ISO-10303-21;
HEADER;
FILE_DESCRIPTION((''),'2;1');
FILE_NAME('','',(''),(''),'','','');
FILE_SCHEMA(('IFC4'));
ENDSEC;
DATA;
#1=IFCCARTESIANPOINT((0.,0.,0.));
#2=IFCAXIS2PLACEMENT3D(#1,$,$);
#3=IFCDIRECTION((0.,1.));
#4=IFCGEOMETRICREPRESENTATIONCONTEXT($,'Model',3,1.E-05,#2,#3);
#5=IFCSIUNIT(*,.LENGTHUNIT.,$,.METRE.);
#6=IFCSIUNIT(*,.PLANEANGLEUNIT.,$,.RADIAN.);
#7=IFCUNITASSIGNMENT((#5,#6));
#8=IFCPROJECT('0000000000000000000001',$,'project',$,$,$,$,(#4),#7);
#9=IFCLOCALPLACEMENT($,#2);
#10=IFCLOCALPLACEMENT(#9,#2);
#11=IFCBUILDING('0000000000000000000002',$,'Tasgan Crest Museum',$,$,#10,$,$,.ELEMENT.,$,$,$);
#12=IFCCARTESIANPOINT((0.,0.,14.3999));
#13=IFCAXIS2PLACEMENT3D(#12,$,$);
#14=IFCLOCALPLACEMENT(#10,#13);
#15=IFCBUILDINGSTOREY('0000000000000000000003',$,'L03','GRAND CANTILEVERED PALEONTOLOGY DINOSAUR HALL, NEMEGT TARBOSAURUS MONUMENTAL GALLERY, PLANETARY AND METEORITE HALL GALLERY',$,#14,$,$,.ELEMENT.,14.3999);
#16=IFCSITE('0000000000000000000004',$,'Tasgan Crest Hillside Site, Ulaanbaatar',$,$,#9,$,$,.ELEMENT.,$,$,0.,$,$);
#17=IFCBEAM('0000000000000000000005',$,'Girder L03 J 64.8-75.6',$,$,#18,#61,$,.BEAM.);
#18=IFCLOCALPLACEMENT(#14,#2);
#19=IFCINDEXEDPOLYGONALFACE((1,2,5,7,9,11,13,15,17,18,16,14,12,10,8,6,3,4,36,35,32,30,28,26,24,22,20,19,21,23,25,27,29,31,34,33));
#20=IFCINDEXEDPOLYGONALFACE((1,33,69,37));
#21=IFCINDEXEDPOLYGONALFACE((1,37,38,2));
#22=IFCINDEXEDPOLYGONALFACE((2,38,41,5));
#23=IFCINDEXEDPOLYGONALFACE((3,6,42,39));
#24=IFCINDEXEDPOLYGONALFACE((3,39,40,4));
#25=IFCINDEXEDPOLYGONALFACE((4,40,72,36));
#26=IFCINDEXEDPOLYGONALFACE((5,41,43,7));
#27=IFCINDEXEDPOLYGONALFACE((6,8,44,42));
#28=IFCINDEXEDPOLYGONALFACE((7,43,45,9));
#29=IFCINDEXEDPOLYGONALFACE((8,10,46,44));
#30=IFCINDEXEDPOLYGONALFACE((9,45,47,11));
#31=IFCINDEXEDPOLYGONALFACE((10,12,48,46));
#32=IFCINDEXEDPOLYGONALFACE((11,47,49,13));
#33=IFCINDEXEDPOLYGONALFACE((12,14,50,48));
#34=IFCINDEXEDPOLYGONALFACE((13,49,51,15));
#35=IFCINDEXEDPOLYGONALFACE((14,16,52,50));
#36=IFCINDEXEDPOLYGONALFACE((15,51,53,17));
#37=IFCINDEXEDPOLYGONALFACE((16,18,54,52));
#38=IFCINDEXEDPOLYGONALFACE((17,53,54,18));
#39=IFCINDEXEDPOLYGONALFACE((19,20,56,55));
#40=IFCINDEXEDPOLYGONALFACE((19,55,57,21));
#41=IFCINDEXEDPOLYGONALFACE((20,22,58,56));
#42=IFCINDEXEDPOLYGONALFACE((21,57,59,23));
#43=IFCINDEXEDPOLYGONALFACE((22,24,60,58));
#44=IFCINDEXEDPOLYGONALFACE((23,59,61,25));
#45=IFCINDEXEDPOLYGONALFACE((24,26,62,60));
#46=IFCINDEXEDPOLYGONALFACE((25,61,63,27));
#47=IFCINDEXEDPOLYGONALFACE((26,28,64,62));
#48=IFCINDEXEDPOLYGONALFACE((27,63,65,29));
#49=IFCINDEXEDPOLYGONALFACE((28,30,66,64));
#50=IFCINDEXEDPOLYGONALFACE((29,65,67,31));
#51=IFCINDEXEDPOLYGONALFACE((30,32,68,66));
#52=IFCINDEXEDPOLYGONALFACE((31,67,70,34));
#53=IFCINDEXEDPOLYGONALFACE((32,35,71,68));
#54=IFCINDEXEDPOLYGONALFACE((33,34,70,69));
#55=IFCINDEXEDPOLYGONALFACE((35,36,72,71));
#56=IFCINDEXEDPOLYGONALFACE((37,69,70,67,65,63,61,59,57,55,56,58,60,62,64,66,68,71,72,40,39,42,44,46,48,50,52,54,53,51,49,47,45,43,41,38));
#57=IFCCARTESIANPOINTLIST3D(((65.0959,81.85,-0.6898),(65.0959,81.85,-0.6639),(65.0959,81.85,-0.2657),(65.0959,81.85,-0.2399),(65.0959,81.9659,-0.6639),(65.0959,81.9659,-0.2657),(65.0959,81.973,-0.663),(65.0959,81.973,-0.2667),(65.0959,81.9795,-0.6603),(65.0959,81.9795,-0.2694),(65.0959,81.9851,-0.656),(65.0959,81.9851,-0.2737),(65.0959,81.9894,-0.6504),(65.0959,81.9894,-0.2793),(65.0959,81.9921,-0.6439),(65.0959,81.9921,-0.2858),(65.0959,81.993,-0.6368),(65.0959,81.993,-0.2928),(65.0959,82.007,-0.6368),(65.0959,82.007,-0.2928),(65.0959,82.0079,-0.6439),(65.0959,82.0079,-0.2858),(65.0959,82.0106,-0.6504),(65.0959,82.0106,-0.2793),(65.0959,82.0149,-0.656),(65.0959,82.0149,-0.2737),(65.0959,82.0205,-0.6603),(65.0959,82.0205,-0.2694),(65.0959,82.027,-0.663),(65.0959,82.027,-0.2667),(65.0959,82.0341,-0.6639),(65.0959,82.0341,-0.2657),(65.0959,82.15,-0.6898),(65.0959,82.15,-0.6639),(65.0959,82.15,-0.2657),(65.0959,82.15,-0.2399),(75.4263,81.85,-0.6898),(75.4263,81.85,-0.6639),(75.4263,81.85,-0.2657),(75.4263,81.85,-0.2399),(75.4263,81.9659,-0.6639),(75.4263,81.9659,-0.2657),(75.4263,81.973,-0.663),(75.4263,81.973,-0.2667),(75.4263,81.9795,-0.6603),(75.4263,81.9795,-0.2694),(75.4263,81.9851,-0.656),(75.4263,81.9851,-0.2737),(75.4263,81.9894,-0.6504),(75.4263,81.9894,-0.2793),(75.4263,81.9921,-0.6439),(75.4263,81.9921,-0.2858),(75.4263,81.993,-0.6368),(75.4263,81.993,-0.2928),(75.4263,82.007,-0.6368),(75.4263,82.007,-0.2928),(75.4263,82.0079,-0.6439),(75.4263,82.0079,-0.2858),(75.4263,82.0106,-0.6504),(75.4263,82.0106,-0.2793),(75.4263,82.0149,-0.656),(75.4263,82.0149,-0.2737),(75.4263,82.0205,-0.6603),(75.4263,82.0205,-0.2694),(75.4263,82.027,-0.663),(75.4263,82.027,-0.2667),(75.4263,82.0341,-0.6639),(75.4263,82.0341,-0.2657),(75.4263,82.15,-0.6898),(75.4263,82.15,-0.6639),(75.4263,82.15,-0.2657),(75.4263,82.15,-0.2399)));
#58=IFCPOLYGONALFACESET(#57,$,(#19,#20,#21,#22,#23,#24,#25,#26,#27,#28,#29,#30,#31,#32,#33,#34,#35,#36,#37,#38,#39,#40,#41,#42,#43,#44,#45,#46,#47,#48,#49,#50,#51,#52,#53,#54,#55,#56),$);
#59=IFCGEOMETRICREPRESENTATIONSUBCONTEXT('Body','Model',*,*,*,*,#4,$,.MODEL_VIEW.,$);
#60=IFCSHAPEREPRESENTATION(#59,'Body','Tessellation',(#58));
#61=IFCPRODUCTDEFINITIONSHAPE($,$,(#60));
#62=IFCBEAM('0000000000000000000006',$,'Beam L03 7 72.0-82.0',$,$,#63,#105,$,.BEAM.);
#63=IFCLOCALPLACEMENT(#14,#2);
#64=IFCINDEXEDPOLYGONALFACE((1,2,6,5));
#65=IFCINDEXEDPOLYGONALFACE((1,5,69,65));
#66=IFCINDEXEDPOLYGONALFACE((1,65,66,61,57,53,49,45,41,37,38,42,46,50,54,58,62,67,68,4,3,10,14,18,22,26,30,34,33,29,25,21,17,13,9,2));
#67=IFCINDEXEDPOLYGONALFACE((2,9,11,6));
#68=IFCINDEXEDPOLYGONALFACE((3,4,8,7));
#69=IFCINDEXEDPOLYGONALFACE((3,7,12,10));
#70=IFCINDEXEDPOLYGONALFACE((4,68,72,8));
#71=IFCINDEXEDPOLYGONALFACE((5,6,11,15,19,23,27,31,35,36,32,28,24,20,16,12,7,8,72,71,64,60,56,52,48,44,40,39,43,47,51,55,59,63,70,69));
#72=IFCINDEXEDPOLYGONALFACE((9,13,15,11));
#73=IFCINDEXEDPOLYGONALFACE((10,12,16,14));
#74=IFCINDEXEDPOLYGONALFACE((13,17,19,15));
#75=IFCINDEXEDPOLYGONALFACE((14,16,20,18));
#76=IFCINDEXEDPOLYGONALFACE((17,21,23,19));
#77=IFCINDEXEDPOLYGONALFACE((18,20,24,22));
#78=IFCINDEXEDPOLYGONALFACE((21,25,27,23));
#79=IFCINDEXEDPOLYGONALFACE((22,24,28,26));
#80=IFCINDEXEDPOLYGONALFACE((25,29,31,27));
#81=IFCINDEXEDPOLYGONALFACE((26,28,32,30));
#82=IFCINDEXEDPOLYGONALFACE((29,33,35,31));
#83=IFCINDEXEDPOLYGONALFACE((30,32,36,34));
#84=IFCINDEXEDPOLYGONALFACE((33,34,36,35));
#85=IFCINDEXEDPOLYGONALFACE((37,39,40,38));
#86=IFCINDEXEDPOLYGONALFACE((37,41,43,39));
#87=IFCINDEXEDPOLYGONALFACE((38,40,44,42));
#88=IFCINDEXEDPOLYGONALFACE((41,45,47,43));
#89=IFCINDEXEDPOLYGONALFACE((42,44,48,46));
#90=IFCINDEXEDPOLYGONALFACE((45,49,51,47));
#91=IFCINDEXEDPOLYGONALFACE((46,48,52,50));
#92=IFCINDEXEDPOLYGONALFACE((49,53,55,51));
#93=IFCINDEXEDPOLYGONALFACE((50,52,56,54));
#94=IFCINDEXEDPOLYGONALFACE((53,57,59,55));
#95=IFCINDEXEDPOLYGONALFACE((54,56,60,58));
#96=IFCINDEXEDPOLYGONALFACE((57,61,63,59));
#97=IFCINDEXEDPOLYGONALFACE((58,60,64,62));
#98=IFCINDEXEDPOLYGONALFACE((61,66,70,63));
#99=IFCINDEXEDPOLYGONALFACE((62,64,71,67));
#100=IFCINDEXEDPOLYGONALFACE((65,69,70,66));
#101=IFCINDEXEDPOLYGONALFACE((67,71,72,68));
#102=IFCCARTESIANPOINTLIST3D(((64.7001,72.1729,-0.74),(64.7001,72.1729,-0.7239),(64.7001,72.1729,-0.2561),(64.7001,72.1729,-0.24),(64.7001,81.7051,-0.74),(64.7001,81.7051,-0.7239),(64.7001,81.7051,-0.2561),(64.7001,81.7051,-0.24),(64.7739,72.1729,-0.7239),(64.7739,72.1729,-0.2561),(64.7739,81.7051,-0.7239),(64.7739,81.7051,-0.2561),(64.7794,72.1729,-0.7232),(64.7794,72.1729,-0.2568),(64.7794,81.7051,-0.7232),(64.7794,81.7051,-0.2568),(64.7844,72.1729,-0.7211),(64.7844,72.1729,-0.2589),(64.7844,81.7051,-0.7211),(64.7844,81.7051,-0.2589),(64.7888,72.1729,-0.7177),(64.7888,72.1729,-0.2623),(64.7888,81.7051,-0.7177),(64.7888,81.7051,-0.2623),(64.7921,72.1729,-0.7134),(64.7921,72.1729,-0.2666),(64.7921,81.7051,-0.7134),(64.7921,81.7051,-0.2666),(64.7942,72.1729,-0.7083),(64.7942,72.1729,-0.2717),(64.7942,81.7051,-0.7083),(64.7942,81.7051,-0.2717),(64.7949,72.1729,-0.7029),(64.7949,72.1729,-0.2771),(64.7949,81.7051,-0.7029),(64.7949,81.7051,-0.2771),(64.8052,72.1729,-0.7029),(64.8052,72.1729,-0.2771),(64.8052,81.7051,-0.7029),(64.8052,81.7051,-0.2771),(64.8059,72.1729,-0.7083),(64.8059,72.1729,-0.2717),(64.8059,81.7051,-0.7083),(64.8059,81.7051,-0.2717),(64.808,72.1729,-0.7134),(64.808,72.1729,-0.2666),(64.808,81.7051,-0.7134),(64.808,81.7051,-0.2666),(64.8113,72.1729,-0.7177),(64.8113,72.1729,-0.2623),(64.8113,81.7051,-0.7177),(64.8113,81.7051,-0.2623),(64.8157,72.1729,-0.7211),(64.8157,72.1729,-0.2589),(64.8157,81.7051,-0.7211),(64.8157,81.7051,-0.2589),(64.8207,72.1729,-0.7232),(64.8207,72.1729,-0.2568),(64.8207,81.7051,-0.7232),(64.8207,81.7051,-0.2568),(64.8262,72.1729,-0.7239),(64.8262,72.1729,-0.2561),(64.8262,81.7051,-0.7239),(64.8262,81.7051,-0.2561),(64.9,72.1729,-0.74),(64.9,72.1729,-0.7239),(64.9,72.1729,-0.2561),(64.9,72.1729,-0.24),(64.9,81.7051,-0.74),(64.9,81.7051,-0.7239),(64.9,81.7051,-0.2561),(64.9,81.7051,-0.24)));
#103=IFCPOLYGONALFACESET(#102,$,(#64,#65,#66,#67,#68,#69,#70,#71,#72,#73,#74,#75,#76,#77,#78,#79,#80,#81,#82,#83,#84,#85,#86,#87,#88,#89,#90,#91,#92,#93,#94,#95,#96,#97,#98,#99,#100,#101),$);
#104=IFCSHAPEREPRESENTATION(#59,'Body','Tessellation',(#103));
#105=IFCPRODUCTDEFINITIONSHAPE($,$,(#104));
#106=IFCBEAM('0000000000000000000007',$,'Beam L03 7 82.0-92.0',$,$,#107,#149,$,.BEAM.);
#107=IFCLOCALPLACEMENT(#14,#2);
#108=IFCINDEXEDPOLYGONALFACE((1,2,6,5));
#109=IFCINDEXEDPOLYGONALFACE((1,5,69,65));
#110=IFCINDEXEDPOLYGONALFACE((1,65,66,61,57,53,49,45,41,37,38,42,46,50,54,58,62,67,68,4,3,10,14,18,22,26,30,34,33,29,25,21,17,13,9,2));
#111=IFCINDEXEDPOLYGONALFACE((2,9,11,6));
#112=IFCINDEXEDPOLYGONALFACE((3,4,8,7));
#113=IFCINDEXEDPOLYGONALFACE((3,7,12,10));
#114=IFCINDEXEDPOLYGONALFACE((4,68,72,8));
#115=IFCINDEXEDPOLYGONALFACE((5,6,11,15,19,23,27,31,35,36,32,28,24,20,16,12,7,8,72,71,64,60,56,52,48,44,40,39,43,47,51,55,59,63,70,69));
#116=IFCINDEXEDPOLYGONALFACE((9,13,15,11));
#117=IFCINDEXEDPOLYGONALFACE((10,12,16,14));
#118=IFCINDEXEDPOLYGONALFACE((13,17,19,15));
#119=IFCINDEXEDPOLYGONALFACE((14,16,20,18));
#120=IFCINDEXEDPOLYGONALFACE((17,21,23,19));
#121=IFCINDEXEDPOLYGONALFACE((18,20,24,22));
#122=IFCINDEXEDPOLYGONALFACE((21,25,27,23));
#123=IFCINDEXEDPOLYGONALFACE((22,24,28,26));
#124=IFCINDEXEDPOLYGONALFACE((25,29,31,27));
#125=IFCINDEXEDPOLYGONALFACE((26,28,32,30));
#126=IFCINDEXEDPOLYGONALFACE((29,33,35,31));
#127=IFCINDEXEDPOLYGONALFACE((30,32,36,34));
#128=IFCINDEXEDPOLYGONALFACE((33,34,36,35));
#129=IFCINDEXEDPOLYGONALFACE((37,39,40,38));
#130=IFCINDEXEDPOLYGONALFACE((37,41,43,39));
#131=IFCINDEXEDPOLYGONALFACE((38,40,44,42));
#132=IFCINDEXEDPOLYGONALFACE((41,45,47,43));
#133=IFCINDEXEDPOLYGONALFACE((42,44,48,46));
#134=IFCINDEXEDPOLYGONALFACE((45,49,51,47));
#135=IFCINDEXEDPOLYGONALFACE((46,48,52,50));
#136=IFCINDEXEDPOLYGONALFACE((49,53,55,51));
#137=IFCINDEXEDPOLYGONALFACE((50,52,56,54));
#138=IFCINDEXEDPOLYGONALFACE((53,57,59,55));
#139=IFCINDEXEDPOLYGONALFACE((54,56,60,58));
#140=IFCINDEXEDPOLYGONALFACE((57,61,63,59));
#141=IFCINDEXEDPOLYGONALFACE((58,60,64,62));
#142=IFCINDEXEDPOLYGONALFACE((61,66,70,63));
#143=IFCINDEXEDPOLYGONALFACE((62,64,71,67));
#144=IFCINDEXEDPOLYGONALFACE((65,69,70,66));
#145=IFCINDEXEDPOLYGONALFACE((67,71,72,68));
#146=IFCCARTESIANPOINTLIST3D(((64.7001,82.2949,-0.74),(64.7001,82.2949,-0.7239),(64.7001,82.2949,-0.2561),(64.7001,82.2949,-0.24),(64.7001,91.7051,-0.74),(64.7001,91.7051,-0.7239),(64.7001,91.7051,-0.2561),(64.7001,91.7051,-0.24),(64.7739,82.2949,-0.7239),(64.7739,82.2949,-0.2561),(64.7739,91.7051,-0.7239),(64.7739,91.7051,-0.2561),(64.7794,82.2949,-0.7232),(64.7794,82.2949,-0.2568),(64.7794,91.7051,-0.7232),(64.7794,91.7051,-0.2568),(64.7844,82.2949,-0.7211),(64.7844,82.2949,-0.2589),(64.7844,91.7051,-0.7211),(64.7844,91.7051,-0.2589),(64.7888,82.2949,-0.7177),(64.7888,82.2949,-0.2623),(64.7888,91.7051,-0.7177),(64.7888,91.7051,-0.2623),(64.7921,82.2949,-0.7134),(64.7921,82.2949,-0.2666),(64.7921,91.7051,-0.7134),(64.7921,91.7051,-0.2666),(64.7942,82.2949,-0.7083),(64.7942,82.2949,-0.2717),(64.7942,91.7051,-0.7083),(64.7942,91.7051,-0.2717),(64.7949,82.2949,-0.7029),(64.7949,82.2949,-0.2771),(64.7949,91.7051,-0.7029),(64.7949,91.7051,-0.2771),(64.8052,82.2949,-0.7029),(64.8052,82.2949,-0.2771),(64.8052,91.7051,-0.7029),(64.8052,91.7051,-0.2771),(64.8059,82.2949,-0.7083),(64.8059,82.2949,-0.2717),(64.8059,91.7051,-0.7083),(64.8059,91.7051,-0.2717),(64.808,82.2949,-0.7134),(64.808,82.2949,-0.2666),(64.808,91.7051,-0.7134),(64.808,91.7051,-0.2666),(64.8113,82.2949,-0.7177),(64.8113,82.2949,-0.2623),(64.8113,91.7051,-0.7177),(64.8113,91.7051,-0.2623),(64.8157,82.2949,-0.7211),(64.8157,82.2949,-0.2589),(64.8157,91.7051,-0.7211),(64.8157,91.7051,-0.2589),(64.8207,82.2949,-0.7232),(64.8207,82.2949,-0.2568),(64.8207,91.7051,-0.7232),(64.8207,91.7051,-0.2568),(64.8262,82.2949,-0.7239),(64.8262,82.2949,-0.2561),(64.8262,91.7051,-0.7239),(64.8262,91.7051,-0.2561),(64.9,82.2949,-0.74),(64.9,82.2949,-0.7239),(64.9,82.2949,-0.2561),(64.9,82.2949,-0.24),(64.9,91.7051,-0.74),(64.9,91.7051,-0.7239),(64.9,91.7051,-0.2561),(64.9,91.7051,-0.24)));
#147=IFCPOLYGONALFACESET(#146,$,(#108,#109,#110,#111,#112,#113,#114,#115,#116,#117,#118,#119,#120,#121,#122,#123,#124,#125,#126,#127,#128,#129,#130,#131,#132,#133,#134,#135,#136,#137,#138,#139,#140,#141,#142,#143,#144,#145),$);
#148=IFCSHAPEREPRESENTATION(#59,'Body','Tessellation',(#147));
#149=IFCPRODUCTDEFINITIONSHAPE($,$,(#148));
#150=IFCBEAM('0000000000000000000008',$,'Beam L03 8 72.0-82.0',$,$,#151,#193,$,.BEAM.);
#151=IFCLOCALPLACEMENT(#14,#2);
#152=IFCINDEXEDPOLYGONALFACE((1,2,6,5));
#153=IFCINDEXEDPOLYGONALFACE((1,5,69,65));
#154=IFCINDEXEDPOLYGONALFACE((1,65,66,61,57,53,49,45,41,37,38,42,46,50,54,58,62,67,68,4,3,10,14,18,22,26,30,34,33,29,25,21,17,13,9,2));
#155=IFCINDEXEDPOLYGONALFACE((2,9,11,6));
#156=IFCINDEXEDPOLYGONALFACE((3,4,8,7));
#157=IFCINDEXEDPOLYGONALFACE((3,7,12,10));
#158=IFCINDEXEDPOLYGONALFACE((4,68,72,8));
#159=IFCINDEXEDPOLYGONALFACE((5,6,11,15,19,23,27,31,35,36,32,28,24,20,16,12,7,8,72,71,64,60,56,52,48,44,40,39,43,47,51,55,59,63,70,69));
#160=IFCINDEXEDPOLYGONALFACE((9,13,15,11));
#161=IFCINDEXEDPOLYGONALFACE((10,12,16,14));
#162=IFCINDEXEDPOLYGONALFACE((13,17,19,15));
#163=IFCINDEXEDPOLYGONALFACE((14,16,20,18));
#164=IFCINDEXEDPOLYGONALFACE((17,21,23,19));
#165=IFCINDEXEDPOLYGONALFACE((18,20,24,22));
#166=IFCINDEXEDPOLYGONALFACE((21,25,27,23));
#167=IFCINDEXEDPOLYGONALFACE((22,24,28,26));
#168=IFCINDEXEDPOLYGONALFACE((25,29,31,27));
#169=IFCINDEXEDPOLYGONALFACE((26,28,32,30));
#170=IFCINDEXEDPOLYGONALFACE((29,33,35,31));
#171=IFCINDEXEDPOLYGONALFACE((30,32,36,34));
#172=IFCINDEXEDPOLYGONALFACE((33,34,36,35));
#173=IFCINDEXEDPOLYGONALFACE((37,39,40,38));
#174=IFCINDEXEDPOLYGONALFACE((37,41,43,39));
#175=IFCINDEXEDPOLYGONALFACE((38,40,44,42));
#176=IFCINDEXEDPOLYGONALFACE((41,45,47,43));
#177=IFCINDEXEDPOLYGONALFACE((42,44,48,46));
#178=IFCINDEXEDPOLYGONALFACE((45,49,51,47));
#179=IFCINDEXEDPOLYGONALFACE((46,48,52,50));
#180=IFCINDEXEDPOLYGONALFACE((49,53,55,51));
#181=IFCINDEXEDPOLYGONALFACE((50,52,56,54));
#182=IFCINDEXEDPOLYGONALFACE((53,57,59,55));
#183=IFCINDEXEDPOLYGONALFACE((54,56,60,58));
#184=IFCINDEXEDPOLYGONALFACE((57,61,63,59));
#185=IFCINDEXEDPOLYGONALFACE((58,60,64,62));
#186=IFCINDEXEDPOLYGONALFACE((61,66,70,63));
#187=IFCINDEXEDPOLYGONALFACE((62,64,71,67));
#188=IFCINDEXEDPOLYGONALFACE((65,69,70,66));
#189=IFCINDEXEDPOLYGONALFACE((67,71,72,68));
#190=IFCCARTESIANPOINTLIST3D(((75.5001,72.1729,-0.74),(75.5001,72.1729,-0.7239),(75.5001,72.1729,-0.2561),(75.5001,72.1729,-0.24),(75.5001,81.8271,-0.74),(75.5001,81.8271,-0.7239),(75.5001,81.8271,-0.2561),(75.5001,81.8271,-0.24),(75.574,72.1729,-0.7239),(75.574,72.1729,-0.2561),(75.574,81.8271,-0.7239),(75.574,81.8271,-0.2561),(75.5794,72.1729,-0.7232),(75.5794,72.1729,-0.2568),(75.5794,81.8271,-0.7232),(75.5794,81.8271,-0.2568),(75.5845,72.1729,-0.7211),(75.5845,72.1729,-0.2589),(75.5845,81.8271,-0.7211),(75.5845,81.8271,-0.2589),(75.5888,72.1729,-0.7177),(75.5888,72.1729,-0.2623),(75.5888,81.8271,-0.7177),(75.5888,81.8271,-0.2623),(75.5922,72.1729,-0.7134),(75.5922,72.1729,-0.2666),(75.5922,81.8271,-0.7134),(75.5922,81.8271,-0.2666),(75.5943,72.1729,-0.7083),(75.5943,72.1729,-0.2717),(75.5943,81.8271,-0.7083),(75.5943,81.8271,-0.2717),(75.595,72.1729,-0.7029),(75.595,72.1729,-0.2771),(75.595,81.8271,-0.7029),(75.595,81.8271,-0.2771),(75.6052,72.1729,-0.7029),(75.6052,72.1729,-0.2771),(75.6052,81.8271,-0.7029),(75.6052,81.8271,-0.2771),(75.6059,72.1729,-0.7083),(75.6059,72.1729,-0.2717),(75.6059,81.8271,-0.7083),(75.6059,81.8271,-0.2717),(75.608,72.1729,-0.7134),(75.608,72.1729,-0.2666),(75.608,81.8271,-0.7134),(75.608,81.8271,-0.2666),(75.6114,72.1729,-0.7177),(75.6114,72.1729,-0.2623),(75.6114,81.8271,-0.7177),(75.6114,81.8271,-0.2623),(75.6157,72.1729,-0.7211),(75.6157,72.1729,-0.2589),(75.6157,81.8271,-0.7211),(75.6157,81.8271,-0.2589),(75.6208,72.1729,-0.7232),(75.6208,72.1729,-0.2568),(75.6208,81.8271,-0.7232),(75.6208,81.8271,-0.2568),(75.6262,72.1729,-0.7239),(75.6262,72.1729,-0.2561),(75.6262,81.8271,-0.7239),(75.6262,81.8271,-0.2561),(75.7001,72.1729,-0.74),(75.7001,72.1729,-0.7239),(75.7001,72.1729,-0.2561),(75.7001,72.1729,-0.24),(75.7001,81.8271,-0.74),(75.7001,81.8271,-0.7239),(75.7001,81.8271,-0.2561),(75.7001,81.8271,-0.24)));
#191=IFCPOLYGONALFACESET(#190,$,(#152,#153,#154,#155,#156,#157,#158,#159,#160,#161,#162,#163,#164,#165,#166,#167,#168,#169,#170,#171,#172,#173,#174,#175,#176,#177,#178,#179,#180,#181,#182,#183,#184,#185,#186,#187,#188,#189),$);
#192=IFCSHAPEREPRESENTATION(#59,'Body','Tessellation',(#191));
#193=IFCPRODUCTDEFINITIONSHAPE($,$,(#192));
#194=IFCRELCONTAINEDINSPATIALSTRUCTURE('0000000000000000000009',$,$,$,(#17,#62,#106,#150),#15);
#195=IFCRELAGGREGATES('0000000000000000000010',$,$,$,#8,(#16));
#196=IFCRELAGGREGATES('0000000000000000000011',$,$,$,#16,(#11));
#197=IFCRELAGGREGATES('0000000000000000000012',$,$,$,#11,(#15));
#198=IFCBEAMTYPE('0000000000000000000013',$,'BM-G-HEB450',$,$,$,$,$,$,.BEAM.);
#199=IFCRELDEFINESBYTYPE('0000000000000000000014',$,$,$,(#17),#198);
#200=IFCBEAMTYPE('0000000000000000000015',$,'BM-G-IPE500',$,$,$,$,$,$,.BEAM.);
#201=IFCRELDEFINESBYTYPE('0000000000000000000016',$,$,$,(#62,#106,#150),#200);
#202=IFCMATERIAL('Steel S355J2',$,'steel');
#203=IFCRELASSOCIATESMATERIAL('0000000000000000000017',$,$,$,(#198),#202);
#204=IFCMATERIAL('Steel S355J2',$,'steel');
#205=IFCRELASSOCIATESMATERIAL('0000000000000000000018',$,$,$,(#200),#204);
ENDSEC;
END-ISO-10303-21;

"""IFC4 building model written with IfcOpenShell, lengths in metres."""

from ifc_helpers import new_model, si_unit, direction, frame, origin, origin_2d, place, context, subcontext, project, spatial, i_section, extrude, material, material_profile, profile_set, type_object, element, save


model = new_model("IFC4")

# Units and contexts
model_context = context("Model", 3, precision=1e-05, world=origin(), true_north=direction((0.0, 1.0)))
body_context = subcontext(model_context, "Body", "Model", "MODEL_VIEW")
ifc_project = project(units=[si_unit("LENGTHUNIT", "METRE"), si_unit("PLANEANGLEUNIT", "RADIAN")], contexts=[model_context])

# Site, building, storey
site_placement = place(None, origin())
site = spatial("IfcSite", under=ifc_project, at=site_placement, Name="Tasgan Crest Hillside Site, Ulaanbaatar", CompositionType="ELEMENT", RefElevation=0.0)
building_placement = place(site_placement, origin())
building = spatial("IfcBuilding", under=site, at=building_placement, Name="Tasgan Crest Museum", CompositionType="ELEMENT")
storey_placement = place(building_placement, frame((0.0, 0.0, 14.3999)))
storey = spatial("IfcBuildingStorey", under=building, at=storey_placement, Name="L03", Description="GRAND CANTILEVERED PALEONTOLOGY DINOSAUR HALL, NEMEGT TARBOSAURUS MONUMENTAL GALLERY, PLANETARY AND METEORITE HALL GALLERY", CompositionType="ELEMENT", Elevation=14.3999)

# Beams
ifc_material_1 = material(Name="Steel S355J2", Category="steel")
ifc_material_profile_1 = material_profile(ifc_material_1, i_section(OverallWidth=0.3, OverallDepth=0.45, WebThickness=0.0139, FlangeThickness=0.0259, FilletRadius=0.0271, at=origin_2d()), Name="HEB 450")
ifc_profile_set_1 = profile_set([ifc_material_profile_1], Name="Steel S355J2")
beam_type_1 = type_object("IfcBeamType", Name="BM-G-HEB450", PredefinedType="BEAM", material=ifc_profile_set_1)
beam_1_placement = place(storey_placement, frame((65.0959, 82.0, -0.4648), z_axis=(1.0, 0.0, 0.0), x_axis=(0.0, 1.0, 0.0)))
element("IfcBeam", 1, at=beam_1_placement, inside=storey, type_object=beam_type_1, Name="Girder L03 J 64.8-75.6", PredefinedType="BEAM", context=body_context, shape_type="SweptSolid", body=[
    extrude(i_section(OverallWidth=0.3, OverallDepth=0.45, WebThickness=0.0139, FlangeThickness=0.0259, FilletRadius=0.0271, at=origin_2d()), origin(), (0.0, 0.0, 1.0), 10.3303),
])
ifc_material_2 = material(Name="Steel S355J2", Category="steel")
ifc_material_profile_2 = material_profile(ifc_material_2, i_section(OverallWidth=0.2, OverallDepth=0.5, WebThickness=0.0103, FlangeThickness=0.0161, FilletRadius=0.021, at=origin_2d()), Name="IPE 500")
ifc_profile_set_2 = profile_set([ifc_material_profile_2], Name="Steel S355J2")
beam_type_2 = type_object("IfcBeamType", Name="BM-G-IPE500", PredefinedType="BEAM", material=ifc_profile_set_2)
beam_2_placement = place(storey_placement, frame((64.8, 72.1729, -0.49), z_axis=(0.0, 1.0, 0.0), x_axis=(-1.0, 0.0, 0.0)))
element("IfcBeam", 2, at=beam_2_placement, inside=storey, type_object=beam_type_2, Name="Beam L03 7 72.0-82.0", PredefinedType="BEAM", context=body_context, shape_type="SweptSolid", body=[
    extrude(i_section(OverallWidth=0.2, OverallDepth=0.5, WebThickness=0.0103, FlangeThickness=0.0161, FilletRadius=0.021, at=origin_2d()), origin(), (0.0, 0.0, 1.0), 9.5322),
])
beam_3_placement = place(storey_placement, frame((64.8, 82.2949, -0.49), z_axis=(0.0, 1.0, 0.0), x_axis=(-1.0, 0.0, 0.0)))
element("IfcBeam", 3, at=beam_3_placement, inside=storey, type_object=beam_type_2, Name="Beam L03 7 82.0-92.0", PredefinedType="BEAM", context=body_context, shape_type="SweptSolid", body=[
    extrude(i_section(OverallWidth=0.2, OverallDepth=0.5, WebThickness=0.0103, FlangeThickness=0.0161, FilletRadius=0.021, at=origin_2d()), origin(), (0.0, 0.0, 1.0), 9.4102),
])
beam_4_placement = place(storey_placement, frame((75.6001, 72.1729, -0.49), z_axis=(0.0, 1.0, 0.0), x_axis=(-1.0, 0.0, 0.0)))
element("IfcBeam", 4, at=beam_4_placement, inside=storey, type_object=beam_type_2, Name="Beam L03 8 72.0-82.0", PredefinedType="BEAM", context=body_context, shape_type="SweptSolid", body=[
    extrude(i_section(OverallWidth=0.2, OverallDepth=0.5, WebThickness=0.0103, FlangeThickness=0.0161, FilletRadius=0.021, at=origin_2d()), origin(), (0.0, 0.0, 1.0), 9.6543),
])

save(model, "model.ifc")
